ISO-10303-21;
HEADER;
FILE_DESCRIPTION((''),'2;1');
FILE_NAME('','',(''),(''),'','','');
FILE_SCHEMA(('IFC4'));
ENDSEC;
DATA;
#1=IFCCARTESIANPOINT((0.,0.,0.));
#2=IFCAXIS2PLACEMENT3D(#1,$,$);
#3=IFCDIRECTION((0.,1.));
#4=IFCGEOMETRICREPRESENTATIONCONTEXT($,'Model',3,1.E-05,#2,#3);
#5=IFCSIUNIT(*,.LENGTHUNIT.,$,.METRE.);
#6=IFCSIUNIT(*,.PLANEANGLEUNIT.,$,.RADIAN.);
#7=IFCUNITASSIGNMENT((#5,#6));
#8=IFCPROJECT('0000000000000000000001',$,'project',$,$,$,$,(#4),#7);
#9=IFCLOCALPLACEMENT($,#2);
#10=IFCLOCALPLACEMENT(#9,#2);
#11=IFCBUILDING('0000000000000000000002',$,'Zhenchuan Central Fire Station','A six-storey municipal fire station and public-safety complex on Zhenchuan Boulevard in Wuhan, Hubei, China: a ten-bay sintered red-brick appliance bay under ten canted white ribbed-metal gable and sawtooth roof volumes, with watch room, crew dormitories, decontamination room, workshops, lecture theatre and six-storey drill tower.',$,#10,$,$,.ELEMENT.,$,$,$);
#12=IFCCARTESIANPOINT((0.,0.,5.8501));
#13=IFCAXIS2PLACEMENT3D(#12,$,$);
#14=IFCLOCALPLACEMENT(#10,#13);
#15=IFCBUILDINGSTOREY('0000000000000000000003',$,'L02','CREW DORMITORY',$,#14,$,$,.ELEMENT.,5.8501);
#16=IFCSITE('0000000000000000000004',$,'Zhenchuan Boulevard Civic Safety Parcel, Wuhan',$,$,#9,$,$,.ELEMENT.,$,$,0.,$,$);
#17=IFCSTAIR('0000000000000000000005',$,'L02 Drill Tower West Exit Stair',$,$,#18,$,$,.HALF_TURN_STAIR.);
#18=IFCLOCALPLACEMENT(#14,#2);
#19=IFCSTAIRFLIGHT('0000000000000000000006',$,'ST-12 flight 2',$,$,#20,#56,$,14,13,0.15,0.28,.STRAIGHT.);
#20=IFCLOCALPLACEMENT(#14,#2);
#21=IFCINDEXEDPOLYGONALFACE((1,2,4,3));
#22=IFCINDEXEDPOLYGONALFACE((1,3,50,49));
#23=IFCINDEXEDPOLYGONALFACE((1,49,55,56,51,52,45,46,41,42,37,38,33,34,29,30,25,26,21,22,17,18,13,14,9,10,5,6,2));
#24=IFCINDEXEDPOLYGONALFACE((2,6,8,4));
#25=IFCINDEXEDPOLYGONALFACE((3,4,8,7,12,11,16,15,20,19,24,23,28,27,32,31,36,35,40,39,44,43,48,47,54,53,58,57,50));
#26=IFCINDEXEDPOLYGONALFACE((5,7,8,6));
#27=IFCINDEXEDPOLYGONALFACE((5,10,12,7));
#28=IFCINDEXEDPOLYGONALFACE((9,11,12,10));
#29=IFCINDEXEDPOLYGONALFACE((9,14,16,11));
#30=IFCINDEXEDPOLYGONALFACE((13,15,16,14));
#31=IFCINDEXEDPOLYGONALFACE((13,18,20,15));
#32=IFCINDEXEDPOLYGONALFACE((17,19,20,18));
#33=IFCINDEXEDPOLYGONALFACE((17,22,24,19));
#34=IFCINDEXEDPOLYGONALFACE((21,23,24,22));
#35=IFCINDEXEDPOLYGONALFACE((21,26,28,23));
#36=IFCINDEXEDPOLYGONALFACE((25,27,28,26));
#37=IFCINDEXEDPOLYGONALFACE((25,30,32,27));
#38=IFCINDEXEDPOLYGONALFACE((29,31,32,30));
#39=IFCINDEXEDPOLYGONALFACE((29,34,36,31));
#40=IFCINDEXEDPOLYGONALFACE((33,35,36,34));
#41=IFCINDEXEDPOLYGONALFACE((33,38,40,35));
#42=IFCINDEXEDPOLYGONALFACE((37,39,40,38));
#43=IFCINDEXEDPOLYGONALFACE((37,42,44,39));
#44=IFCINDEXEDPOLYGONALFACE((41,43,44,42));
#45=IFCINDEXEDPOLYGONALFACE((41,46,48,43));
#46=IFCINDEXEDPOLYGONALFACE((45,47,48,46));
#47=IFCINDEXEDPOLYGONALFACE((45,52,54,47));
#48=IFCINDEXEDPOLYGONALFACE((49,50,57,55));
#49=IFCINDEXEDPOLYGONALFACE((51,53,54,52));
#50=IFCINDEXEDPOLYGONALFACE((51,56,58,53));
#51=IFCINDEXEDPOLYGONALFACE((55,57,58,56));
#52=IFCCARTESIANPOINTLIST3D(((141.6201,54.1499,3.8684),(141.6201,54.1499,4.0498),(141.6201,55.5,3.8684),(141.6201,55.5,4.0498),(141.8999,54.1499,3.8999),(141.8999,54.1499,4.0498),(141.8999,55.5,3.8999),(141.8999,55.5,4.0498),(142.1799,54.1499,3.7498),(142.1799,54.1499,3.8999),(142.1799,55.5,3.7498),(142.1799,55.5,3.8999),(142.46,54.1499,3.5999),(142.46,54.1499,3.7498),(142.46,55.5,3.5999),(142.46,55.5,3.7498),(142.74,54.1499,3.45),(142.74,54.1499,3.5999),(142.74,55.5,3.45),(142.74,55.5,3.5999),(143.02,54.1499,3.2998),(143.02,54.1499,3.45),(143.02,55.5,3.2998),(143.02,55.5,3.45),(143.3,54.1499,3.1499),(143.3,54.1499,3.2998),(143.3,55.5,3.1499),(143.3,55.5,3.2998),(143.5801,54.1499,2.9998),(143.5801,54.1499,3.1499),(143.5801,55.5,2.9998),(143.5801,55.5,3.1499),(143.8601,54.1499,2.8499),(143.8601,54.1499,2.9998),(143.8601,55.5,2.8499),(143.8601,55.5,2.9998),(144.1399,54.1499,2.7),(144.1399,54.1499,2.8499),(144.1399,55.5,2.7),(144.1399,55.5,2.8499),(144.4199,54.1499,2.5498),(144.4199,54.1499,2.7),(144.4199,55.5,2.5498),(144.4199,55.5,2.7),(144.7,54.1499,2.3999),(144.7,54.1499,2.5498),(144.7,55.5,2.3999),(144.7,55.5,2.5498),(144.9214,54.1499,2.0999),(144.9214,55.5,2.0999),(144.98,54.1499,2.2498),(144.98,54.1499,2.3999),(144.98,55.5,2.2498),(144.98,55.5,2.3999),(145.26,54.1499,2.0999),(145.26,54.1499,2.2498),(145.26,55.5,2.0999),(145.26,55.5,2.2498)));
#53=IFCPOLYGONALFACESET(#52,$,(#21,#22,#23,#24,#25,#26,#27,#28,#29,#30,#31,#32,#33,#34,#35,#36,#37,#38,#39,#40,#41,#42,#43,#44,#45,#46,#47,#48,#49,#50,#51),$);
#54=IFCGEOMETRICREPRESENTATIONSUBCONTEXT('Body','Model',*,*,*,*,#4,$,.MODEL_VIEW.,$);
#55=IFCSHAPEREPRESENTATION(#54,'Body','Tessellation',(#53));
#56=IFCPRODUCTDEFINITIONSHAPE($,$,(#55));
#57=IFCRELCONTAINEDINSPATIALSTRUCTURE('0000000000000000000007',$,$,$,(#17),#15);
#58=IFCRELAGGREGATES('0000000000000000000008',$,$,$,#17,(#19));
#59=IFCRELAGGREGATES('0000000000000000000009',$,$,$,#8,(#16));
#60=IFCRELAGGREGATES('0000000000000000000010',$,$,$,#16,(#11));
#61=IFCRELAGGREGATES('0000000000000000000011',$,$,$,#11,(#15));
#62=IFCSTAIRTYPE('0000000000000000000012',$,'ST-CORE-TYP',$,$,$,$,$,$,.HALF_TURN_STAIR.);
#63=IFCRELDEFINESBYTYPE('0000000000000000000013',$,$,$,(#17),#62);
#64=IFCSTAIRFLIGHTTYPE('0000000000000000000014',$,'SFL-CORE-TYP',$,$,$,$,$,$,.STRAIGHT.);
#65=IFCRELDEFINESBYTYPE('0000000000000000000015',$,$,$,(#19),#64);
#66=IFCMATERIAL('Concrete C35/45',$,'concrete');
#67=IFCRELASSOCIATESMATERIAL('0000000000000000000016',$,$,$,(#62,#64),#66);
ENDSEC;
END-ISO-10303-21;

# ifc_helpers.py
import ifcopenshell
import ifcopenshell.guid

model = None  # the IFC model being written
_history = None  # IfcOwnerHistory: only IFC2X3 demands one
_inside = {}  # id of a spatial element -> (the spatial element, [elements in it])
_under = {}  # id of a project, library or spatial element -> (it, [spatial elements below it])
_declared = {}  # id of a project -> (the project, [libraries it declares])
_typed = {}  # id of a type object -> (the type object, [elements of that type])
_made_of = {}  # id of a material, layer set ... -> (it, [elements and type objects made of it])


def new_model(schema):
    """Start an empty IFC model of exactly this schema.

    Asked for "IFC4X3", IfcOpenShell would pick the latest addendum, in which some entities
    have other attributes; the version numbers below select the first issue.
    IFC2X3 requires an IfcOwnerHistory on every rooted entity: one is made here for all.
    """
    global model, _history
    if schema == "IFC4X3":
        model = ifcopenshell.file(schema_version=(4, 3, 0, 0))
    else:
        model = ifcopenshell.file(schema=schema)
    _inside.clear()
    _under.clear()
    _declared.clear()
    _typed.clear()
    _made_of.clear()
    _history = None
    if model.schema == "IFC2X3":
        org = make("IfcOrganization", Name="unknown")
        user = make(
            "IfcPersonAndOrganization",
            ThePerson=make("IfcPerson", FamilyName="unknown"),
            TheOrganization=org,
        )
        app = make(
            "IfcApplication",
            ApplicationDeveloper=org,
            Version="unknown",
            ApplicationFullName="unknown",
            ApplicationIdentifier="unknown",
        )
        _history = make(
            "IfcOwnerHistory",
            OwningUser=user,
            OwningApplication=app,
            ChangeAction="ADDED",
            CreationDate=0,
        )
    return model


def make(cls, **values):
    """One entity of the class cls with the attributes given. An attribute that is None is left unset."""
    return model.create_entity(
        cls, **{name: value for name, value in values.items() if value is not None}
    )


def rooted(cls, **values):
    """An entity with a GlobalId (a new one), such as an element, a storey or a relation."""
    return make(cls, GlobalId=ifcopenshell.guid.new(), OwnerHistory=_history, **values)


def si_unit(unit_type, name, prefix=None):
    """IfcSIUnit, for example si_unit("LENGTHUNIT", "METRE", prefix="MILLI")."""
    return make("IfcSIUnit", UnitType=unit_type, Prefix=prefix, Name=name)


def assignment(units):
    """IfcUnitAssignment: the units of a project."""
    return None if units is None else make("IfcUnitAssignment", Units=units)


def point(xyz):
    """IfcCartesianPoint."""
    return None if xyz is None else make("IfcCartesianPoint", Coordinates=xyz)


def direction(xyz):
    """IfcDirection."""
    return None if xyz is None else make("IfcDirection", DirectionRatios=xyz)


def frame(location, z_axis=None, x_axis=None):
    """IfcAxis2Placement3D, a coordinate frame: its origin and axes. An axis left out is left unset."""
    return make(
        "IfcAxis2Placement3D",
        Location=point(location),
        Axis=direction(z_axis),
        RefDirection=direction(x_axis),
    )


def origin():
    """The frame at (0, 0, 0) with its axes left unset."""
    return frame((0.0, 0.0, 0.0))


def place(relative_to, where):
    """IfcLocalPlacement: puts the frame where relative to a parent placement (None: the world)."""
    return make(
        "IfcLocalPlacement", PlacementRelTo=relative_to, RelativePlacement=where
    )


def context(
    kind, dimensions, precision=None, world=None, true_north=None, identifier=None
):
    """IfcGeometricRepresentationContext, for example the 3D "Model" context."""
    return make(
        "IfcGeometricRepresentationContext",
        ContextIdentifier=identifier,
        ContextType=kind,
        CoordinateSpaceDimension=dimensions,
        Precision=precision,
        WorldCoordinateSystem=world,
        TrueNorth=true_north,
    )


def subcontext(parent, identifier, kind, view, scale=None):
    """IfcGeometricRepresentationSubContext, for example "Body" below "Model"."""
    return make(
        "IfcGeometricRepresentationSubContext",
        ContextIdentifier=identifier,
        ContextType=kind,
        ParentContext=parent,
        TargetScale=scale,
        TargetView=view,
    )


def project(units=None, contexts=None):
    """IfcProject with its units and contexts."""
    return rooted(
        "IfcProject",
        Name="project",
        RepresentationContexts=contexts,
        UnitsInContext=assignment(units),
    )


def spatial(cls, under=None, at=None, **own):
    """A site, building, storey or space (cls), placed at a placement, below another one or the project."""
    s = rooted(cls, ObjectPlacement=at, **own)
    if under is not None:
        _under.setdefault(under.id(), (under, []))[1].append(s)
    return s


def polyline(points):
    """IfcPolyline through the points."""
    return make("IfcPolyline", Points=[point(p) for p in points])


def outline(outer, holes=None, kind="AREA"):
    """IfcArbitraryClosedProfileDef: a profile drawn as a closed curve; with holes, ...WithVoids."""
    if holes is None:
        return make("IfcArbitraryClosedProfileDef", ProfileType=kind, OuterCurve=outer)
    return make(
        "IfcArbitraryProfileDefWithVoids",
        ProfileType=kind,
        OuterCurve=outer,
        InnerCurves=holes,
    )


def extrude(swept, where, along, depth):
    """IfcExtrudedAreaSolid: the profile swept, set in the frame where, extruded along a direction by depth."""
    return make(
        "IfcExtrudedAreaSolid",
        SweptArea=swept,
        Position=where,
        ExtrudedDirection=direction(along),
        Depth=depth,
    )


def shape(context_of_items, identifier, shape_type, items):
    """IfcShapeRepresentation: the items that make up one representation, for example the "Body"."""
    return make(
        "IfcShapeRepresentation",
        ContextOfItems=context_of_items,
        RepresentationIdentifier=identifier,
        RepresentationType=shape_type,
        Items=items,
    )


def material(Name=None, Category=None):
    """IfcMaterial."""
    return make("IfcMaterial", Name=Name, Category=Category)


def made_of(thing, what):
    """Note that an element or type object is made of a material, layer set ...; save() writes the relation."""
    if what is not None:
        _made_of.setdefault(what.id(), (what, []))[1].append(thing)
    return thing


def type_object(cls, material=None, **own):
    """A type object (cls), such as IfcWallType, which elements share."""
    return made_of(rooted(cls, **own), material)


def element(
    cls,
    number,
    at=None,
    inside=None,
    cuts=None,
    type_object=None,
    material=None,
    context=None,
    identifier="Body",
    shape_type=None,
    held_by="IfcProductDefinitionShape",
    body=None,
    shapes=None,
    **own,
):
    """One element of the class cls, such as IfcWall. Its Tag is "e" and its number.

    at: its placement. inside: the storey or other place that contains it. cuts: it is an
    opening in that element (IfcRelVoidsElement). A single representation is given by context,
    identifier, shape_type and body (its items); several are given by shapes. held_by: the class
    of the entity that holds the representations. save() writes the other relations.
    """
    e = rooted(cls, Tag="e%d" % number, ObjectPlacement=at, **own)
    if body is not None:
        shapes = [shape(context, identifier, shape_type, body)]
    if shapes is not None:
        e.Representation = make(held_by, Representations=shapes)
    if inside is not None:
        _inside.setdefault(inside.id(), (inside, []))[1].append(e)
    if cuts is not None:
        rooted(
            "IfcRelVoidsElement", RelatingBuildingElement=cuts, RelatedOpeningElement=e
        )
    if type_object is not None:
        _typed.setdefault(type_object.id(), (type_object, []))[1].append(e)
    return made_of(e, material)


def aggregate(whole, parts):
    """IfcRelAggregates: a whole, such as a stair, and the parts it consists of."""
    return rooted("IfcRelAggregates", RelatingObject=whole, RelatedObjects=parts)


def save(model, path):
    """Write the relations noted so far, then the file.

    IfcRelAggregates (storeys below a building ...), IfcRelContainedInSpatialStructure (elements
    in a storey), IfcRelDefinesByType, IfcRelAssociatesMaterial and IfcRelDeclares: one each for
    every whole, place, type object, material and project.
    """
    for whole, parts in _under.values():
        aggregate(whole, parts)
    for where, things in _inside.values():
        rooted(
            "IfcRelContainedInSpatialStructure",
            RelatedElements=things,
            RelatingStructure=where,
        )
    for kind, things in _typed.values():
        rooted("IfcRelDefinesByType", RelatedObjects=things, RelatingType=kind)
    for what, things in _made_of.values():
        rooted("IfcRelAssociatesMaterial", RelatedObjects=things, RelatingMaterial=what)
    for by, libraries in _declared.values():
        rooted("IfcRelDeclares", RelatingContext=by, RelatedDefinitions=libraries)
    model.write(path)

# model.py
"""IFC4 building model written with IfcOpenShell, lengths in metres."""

from ifc_helpers import new_model, si_unit, direction, frame, origin, place, context, subcontext, project, spatial, polyline, outline, extrude, material, type_object, element, aggregate, save


model = new_model("IFC4")

# Units and contexts
model_context = context("Model", 3, precision=1e-05, world=origin(), true_north=direction((0.0, 1.0)))
body_context = subcontext(model_context, "Body", "Model", "MODEL_VIEW")
ifc_project = project(units=[si_unit("LENGTHUNIT", "METRE"), si_unit("PLANEANGLEUNIT", "RADIAN")], contexts=[model_context])

# Site, building, storey
site_placement = place(None, origin())
site = spatial("IfcSite", under=ifc_project, at=site_placement, Name="Zhenchuan Boulevard Civic Safety Parcel, Wuhan", CompositionType="ELEMENT", RefElevation=0.0)
building_placement = place(site_placement, origin())
building = spatial("IfcBuilding", under=site, at=building_placement, Name="Zhenchuan Central Fire Station", Description="A six-storey municipal fire station and public-safety complex on Zhenchuan Boulevard in Wuhan, Hubei, China: a ten-bay sintered red-brick appliance bay under ten canted white ribbed-metal gable and sawtooth roof volumes, with watch room, crew dormitories, decontamination room, workshops, lecture theatre and six-storey drill tower.", CompositionType="ELEMENT")
storey_placement = place(building_placement, frame((0.0, 0.0, 5.8501)))
storey = spatial("IfcBuildingStorey", under=building, at=storey_placement, Name="L02", Description="CREW DORMITORY", CompositionType="ELEMENT", Elevation=5.8501)

# Stair, stair flight
ifc_material_1 = material(Name="Concrete C35/45", Category="concrete")
stair_type = type_object("IfcStairType", Name="ST-CORE-TYP", PredefinedType="HALF_TURN_STAIR", material=ifc_material_1)
stair_placement = place(storey_placement, origin())
stair = element("IfcStair", 1, at=stair_placement, inside=storey, type_object=stair_type, Name="L02 Drill Tower West Exit Stair", PredefinedType="HALF_TURN_STAIR")
stair_flight_type = type_object("IfcStairFlightType", Name="SFL-CORE-TYP", PredefinedType="STRAIGHT", material=ifc_material_1)
stair_flight_1_placement = place(storey_placement, frame((145.26, 54.825, 2.0999), z_axis=(0.0, 0.0, 1.0), x_axis=(-1.0, 0.0, 0.0)))
stair_flight_1 = element("IfcStairFlight", 2, at=stair_flight_1_placement, type_object=stair_flight_type, Name="ST-12 flight 2", NumberOfRisers=14, NumberOfTreads=13, PredefinedType="STRAIGHT", RiserHeight=0.15, TreadLength=0.28, context=body_context, shape_type="SweptSolid", body=[
    extrude(outline(polyline([(0.0, 0.0), (0.0, 0.1499), (0.28, 0.1499), (0.28, 0.3), (0.5601, 0.3), (0.5601, 0.45), (0.8401, 0.45), (0.8401, 0.6001), (1.1201, 0.6001), (1.1201, 0.75), (1.3999, 0.75), (1.3999, 0.8999), (1.6799, 0.8999), (1.6799, 1.05), (1.96, 1.05), (1.96, 1.2), (2.24, 1.2), (2.24, 1.3501), (2.52, 1.3501), (2.52, 1.5), (2.8, 1.5), (2.8, 1.6499), (3.0801, 1.6499), (3.0801, 1.8), (3.3601, 1.8), (3.3601, 1.95), (3.6399, 1.95), (3.6399, 2.1001), (3.6399, 1.7686), (0.3386, 0.0), (0.0, 0.0)])), frame((0.0, 0.675, 0.0), z_axis=(0.0, -1.0, 0.0), x_axis=(1.0, 0.0, 0.0)), (0.0, 0.0, 1.0), 1.3501),
])
aggregate(stair, [stair_flight_1])

save(model, "model.ifc")
